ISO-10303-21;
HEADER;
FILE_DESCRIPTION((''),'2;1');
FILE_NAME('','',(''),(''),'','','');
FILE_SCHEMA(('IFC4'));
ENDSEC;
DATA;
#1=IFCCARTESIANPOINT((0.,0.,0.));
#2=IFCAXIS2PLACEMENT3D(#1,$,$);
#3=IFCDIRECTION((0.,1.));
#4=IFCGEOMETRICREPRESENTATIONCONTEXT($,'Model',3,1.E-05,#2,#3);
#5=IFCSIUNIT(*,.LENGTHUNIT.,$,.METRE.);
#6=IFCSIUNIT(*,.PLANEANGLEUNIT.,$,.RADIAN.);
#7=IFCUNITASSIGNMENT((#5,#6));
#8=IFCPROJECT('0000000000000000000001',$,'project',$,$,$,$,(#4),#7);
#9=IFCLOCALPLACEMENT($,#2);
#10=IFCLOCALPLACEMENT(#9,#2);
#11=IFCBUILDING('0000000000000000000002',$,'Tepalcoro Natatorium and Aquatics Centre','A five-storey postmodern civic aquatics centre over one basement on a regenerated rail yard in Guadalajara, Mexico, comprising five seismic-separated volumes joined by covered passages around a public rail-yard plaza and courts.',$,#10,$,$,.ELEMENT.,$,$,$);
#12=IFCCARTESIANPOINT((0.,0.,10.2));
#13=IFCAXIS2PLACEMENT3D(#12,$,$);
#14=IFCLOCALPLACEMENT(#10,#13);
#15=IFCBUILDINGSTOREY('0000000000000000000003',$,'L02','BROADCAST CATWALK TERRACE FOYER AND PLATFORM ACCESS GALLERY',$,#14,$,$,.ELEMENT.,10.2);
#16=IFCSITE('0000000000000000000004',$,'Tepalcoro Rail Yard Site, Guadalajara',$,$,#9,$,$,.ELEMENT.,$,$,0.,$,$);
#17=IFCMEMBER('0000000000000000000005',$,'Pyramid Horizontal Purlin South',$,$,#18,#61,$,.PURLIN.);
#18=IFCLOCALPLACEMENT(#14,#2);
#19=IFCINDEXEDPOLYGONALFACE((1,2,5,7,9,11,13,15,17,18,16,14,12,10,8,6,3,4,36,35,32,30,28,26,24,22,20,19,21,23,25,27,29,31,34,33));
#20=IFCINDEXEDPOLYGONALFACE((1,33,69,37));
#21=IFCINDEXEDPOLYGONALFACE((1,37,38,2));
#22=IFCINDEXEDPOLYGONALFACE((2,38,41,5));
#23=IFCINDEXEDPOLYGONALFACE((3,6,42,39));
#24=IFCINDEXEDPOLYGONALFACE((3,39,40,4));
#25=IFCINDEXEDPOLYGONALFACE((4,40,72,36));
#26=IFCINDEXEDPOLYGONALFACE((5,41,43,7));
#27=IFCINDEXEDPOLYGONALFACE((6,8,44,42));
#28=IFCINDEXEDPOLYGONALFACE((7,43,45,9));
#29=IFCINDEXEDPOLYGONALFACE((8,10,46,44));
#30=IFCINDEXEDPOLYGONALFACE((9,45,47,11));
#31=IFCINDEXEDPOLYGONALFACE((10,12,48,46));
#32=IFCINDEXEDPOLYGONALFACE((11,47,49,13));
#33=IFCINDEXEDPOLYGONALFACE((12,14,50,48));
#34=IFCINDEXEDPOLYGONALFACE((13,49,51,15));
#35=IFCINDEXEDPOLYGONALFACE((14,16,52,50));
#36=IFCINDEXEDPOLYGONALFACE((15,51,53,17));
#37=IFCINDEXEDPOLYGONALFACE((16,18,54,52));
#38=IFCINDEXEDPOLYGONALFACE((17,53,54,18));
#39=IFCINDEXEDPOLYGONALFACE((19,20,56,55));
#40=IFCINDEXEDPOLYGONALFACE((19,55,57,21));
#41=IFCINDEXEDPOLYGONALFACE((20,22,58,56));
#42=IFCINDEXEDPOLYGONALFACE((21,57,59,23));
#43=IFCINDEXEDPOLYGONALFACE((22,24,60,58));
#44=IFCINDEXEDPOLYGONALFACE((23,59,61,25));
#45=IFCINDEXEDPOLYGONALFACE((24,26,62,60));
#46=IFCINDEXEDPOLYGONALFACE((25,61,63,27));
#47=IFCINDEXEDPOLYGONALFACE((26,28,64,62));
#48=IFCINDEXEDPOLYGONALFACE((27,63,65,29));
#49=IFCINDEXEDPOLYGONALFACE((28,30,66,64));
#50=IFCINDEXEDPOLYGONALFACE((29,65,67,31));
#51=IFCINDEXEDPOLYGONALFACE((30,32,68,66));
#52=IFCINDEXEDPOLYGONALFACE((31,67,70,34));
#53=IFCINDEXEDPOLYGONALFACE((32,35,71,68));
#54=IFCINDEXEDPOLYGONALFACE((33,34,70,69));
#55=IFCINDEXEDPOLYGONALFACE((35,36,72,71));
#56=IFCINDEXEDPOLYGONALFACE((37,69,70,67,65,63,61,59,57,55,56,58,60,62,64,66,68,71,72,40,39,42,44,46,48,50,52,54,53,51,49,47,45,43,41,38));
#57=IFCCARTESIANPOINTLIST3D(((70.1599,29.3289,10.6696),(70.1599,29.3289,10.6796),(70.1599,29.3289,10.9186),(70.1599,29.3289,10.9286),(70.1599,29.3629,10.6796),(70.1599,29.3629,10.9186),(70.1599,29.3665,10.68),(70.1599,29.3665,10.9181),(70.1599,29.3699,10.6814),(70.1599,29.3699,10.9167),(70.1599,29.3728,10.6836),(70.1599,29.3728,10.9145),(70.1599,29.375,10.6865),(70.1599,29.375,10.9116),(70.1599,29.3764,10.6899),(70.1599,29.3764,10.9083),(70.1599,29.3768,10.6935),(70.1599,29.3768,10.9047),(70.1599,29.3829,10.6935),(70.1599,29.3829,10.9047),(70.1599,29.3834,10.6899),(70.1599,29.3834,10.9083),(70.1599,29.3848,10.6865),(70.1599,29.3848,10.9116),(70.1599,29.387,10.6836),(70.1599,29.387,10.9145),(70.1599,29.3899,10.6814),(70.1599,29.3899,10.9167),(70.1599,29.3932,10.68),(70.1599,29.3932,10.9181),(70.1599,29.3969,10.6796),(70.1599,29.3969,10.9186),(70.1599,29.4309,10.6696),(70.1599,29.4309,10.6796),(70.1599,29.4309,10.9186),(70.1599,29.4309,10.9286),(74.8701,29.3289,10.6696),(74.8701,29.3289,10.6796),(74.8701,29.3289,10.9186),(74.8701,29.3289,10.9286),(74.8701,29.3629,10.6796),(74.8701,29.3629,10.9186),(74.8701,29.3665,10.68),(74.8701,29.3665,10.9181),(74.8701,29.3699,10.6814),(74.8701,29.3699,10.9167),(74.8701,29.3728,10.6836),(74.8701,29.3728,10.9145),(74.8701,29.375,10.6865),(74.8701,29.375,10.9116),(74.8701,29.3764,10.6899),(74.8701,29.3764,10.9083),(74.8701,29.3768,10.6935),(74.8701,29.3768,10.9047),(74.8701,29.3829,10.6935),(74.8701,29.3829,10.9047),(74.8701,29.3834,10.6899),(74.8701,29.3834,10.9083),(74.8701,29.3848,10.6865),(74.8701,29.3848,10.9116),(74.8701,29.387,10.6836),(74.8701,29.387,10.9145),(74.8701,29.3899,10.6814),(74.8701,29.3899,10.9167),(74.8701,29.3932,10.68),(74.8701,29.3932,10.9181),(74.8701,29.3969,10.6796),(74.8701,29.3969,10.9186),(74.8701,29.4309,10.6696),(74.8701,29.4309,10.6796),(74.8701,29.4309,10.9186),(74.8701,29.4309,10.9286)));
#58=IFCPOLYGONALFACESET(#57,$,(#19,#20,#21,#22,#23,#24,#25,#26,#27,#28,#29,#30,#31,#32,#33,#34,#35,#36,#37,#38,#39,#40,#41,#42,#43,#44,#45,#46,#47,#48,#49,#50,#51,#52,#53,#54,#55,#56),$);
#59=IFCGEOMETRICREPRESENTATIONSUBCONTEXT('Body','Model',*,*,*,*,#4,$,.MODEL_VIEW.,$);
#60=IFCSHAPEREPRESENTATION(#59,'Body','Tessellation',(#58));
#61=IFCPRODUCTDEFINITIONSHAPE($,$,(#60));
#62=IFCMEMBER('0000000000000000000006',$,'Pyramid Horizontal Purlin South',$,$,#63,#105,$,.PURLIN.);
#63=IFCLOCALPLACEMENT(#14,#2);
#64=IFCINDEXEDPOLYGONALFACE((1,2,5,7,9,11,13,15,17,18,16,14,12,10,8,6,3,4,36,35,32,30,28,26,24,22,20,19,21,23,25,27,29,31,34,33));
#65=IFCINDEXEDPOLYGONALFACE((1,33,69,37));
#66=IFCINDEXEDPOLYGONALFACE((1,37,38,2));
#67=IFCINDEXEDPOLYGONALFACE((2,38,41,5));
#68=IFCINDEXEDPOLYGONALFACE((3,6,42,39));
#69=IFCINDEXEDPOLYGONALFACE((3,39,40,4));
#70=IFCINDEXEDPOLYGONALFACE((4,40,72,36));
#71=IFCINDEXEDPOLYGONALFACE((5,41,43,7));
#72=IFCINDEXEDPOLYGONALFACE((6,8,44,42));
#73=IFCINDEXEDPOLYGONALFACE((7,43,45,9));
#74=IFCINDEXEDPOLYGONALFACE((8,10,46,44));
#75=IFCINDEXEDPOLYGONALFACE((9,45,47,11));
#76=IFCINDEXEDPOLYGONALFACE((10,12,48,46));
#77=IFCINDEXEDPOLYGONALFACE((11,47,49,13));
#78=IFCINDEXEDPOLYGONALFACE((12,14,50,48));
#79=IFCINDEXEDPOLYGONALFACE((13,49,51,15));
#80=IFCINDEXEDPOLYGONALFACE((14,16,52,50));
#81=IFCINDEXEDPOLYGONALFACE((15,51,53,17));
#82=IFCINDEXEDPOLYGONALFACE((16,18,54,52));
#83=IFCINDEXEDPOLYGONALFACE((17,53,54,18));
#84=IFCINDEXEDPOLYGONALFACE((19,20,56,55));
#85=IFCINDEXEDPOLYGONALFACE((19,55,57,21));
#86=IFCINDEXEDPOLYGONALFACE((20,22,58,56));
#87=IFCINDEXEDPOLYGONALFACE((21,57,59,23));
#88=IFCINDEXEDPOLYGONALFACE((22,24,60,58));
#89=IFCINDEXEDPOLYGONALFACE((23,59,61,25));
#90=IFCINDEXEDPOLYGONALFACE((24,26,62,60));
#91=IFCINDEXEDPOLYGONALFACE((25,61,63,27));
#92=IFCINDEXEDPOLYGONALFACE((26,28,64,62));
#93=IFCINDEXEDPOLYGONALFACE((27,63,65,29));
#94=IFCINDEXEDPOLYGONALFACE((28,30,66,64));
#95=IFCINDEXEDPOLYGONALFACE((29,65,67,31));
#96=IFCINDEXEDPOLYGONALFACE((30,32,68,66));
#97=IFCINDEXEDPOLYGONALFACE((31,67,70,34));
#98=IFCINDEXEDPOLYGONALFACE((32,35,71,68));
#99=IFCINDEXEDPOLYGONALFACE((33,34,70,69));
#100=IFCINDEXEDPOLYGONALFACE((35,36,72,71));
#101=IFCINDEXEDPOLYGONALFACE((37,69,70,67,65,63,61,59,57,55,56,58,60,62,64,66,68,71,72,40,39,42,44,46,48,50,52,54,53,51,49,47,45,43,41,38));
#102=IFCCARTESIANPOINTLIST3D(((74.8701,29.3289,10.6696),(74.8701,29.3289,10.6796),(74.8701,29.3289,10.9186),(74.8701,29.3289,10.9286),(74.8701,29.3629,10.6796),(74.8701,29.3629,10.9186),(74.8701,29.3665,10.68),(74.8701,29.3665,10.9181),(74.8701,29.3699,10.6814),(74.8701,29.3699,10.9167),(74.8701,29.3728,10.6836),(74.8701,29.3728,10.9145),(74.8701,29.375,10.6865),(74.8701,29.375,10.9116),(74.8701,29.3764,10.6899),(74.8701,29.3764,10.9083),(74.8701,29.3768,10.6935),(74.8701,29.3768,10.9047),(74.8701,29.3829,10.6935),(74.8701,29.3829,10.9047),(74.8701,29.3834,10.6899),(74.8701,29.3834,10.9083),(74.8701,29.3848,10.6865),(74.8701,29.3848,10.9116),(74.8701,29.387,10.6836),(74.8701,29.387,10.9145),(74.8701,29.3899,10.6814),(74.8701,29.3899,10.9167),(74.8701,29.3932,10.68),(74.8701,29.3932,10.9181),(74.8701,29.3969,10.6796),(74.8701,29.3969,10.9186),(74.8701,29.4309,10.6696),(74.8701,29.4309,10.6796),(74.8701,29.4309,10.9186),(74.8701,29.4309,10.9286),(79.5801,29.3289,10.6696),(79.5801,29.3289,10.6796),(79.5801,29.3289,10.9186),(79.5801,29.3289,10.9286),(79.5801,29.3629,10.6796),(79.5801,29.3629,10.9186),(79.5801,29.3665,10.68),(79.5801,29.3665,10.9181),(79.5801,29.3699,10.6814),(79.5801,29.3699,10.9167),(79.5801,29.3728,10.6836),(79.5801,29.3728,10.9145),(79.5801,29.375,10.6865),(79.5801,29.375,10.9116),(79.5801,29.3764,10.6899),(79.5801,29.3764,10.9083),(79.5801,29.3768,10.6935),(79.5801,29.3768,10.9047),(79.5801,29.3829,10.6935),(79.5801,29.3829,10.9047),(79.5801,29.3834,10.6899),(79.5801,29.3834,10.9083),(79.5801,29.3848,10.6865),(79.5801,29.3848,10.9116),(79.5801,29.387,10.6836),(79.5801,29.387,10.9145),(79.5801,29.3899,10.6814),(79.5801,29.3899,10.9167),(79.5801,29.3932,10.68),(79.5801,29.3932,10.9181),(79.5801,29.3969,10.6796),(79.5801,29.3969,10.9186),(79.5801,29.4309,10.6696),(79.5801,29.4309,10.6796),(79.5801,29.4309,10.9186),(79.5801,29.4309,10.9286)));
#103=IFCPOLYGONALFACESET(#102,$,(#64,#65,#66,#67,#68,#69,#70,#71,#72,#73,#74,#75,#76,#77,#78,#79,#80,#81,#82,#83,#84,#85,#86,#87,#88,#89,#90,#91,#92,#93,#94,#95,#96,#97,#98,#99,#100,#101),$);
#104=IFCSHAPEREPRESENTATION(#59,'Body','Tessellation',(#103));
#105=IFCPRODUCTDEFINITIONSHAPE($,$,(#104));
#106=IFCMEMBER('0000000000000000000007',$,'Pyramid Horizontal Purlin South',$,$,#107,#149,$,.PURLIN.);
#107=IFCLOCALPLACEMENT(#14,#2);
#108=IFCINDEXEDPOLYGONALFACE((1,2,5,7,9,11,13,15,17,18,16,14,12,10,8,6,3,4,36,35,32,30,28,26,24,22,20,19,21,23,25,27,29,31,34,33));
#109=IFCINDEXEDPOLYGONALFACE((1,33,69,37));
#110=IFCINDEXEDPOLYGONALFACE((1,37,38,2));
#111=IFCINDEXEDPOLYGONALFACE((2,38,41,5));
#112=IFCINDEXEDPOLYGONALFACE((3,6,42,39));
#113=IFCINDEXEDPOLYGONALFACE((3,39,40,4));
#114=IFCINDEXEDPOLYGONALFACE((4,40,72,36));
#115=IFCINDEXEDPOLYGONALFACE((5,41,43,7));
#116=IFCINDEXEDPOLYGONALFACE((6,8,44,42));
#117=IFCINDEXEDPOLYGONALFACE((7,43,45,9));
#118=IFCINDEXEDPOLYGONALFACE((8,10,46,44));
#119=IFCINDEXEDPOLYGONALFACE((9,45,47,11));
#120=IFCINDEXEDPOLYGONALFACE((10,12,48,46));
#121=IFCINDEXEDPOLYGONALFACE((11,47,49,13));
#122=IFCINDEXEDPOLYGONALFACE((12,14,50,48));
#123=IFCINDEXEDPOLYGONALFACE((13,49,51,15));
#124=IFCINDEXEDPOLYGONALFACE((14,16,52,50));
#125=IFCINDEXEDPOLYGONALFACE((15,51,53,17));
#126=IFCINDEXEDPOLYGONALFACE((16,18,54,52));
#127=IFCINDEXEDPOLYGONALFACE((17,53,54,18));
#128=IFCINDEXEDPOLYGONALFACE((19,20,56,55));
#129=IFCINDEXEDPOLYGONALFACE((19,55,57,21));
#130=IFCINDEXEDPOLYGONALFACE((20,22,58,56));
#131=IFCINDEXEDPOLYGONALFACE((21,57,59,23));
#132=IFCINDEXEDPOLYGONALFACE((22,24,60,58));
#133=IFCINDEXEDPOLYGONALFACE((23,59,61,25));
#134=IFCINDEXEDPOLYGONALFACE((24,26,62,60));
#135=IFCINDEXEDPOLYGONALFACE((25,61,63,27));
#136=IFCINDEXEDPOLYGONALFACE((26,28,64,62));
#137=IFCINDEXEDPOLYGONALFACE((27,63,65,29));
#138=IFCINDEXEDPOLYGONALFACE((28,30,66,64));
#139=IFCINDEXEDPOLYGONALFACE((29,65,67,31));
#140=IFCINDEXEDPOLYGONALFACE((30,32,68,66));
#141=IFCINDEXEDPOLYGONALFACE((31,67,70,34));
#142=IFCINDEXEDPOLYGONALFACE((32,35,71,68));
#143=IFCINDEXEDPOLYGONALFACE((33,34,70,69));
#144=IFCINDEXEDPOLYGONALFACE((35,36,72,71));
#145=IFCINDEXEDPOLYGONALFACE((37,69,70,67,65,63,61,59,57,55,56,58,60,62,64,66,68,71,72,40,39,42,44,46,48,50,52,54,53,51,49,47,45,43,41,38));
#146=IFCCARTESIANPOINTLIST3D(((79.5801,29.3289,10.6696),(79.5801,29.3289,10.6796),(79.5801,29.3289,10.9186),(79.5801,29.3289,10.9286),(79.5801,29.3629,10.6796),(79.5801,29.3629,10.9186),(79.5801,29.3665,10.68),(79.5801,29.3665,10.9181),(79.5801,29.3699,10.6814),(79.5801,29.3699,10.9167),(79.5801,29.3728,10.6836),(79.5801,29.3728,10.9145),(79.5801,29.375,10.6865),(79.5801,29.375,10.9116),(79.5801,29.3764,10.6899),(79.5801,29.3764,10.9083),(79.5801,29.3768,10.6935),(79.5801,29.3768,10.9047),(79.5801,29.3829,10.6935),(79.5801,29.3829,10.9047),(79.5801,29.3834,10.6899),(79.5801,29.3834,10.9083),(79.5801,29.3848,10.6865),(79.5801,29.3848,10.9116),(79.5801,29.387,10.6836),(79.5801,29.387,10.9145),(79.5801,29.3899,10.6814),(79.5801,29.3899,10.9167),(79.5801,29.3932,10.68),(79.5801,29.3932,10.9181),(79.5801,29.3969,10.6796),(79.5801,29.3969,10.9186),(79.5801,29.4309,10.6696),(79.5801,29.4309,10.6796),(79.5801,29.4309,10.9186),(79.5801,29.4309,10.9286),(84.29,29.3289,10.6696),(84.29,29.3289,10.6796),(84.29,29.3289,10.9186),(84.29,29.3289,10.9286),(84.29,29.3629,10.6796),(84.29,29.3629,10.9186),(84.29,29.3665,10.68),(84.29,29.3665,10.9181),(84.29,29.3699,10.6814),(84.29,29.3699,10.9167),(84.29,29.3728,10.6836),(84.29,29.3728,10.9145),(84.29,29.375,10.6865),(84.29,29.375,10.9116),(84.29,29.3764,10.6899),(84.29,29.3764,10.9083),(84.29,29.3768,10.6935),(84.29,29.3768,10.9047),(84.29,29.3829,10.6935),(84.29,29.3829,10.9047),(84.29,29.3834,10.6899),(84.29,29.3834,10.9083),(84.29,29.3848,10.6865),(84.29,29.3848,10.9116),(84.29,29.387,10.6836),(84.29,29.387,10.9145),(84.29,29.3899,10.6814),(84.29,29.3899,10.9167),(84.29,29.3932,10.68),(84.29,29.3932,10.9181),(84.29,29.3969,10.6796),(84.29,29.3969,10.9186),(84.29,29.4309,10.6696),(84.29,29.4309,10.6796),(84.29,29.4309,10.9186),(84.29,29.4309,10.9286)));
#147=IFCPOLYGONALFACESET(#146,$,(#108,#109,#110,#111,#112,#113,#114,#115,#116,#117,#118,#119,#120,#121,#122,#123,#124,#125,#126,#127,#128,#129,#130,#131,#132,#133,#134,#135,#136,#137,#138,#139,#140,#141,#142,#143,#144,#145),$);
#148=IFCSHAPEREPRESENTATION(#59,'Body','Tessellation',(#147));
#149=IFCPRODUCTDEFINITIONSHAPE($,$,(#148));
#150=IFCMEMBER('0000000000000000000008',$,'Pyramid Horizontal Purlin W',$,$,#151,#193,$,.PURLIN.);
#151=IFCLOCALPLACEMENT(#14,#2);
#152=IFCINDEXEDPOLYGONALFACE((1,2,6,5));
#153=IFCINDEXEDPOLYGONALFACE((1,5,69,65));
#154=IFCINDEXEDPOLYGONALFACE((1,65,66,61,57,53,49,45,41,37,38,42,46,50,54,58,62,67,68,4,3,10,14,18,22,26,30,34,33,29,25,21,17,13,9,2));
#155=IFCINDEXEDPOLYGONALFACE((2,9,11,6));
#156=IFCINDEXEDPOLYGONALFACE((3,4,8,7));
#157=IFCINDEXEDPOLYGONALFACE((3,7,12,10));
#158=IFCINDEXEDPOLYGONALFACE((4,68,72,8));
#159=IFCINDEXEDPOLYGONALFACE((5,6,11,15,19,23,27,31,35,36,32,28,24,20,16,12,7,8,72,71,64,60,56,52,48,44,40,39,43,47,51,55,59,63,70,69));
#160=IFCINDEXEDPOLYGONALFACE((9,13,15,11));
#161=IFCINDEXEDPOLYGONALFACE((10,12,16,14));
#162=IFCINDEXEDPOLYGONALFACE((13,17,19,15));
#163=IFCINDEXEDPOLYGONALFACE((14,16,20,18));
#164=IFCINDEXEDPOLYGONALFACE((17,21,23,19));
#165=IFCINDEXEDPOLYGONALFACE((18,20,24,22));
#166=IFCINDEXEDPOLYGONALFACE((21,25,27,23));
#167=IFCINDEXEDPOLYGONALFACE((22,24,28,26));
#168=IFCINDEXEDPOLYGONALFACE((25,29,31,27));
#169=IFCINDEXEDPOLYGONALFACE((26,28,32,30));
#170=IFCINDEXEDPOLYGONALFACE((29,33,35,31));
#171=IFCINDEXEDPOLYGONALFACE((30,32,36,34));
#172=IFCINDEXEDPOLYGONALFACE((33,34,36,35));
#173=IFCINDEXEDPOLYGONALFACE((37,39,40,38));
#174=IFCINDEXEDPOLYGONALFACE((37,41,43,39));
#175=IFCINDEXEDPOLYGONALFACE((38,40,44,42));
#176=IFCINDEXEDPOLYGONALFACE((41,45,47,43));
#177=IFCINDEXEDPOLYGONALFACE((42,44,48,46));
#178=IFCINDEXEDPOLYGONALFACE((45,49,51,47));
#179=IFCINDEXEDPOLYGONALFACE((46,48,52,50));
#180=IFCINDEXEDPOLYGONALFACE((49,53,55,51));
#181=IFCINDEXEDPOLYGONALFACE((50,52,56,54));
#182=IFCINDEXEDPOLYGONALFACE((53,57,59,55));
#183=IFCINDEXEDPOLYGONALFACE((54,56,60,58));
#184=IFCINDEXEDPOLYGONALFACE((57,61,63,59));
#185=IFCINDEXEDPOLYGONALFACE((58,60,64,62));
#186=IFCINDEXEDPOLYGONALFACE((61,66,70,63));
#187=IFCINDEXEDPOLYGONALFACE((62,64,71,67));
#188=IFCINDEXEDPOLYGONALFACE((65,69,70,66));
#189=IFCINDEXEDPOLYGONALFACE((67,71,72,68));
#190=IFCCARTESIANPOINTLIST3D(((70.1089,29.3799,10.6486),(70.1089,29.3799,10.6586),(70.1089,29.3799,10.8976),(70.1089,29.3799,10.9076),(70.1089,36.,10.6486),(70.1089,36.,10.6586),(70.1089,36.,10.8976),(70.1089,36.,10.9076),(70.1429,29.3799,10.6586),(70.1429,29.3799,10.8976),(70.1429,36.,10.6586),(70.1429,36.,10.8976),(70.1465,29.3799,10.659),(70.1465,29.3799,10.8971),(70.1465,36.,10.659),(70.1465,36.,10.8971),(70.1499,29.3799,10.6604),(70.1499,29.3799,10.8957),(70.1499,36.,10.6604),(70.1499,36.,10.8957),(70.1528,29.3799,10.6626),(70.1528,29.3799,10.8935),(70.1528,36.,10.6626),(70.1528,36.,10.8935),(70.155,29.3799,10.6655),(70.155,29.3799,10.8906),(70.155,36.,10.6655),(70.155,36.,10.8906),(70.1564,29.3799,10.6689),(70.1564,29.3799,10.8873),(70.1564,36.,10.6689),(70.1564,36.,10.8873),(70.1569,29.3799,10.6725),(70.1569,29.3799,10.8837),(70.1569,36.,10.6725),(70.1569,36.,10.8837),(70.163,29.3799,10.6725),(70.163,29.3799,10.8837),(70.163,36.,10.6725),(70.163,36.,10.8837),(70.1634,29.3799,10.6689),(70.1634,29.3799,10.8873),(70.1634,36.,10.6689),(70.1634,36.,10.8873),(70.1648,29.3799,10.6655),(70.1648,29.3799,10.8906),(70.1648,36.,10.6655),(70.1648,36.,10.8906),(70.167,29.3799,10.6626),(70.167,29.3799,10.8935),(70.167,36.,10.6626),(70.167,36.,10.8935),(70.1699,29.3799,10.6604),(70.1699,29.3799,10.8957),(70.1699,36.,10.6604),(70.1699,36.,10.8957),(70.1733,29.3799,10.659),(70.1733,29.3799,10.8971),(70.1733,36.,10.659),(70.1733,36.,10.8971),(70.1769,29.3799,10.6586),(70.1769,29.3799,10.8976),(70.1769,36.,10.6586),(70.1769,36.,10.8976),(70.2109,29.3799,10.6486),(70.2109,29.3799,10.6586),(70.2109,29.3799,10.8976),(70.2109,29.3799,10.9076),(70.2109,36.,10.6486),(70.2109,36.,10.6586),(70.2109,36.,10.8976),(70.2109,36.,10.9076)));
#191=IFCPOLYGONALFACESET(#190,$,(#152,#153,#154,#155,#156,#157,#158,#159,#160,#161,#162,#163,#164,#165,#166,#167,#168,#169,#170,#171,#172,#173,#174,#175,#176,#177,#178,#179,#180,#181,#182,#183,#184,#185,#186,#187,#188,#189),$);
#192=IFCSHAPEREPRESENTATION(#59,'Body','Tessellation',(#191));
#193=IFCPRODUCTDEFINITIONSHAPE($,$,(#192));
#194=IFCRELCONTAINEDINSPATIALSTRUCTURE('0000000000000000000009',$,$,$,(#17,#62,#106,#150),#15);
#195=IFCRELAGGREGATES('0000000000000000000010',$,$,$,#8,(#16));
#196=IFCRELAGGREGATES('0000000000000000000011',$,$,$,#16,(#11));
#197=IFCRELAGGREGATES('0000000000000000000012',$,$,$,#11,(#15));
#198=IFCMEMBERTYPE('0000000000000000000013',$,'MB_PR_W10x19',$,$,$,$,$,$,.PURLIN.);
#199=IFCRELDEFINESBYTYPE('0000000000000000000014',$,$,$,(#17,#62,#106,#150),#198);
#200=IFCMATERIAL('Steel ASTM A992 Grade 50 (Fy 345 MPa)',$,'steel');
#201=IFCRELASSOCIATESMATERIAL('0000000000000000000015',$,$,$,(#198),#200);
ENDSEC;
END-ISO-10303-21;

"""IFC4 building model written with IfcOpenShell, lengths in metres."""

from ifc_helpers import new_model, si_unit, direction, frame, origin, origin_2d, place, context, subcontext, project, spatial, i_section, extrude, material, material_profile, profile_set, type_object, element, save


model = new_model("IFC4")

# Units and contexts
model_context = context("Model", 3, precision=1e-05, world=origin(), true_north=direction((0.0, 1.0)))
body_context = subcontext(model_context, "Body", "Model", "MODEL_VIEW")
ifc_project = project(units=[si_unit("LENGTHUNIT", "METRE"), si_unit("PLANEANGLEUNIT", "RADIAN")], contexts=[model_context])

# Site, building, storey
site_placement = place(None, origin())
site = spatial("IfcSite", under=ifc_project, at=site_placement, Name="Tepalcoro Rail Yard Site, Guadalajara", CompositionType="ELEMENT", RefElevation=0.0)
building_placement = place(site_placement, origin())
building = spatial("IfcBuilding", under=site, at=building_placement, Name="Tepalcoro Natatorium and Aquatics Centre", Description="A five-storey postmodern civic aquatics centre over one basement on a regenerated rail yard in Guadalajara, Mexico, comprising five seismic-separated volumes joined by covered passages around a public rail-yard plaza and courts.", CompositionType="ELEMENT")
storey_placement = place(building_placement, frame((0.0, 0.0, 10.2)))
storey = spatial("IfcBuildingStorey", under=building, at=storey_placement, Name="L02", Description="BROADCAST CATWALK TERRACE FOYER AND PLATFORM ACCESS GALLERY", CompositionType="ELEMENT", Elevation=10.2)

# Members
ifc_material_1 = material(Name="Steel ASTM A992 Grade 50 (Fy 345 MPa)", Category="steel")
ifc_material_profile_1 = material_profile(ifc_material_1, i_section(OverallWidth=0.1021, OverallDepth=0.259, WebThickness=0.0061, FlangeThickness=0.01, FilletRadius=0.0139, at=origin_2d()), Name="W10X19")
ifc_profile_set_1 = profile_set([ifc_material_profile_1], Name="Steel ASTM A992 Grade 50 (Fy 345 MPa)")
member_type_1 = type_object("IfcMemberType", Name="MB_PR_W10x19", PredefinedType="PURLIN", material=ifc_profile_set_1)
member_1_placement = place(storey_placement, frame((70.1599, 29.3799, 10.7991), z_axis=(1.0, 0.0, 0.0), x_axis=(0.0, 1.0, 0.0)))
element("IfcMember", 1, at=member_1_placement, inside=storey, type_object=member_type_1, Name="Pyramid Horizontal Purlin South", PredefinedType="PURLIN", context=body_context, shape_type="SweptSolid", body=[
    extrude(i_section(OverallWidth=0.1021, OverallDepth=0.259, WebThickness=0.0061, FlangeThickness=0.01, FilletRadius=0.0139, at=origin_2d()), origin(), (0.0, 0.0, 1.0), 4.7102),
])
for number, where, z_axis, x_axis, name in (
    (2, (74.8701, 29.3799, 10.7991), (1.0, 0.0, 0.0), (0.0, 1.0, 0.0), "Pyramid Horizontal Purlin South"),
    (3, (79.5801, 29.3799, 10.7991), (1.0, 0.0, 0.0), (0.0, 1.0, 0.0), "Pyramid Horizontal Purlin South"),
):
    element("IfcMember", number, at=place(storey_placement, frame(where, z_axis=z_axis, x_axis=x_axis)), inside=storey, type_object=member_type_1, Name=name, PredefinedType="PURLIN", context=body_context, shape_type="SweptSolid", body=[
        extrude(i_section(OverallWidth=0.1021, OverallDepth=0.259, WebThickness=0.0061, FlangeThickness=0.01, FilletRadius=0.0139, at=origin_2d()), origin(), (0.0, 0.0, 1.0), 4.71),
    ])
member_2_placement = place(storey_placement, frame((70.1599, 29.3799, 10.7781), z_axis=(0.0, 1.0, 0.0), x_axis=(-1.0, 0.0, 0.0)))
element("IfcMember", 4, at=member_2_placement, inside=storey, type_object=member_type_1, Name="Pyramid Horizontal Purlin W", PredefinedType="PURLIN", context=body_context, shape_type="SweptSolid", body=[
    extrude(i_section(OverallWidth=0.1021, OverallDepth=0.259, WebThickness=0.0061, FlangeThickness=0.01, FilletRadius=0.0139, at=origin_2d()), origin(), (0.0, 0.0, 1.0), 6.6201),
])

save(model, "model.ifc")
